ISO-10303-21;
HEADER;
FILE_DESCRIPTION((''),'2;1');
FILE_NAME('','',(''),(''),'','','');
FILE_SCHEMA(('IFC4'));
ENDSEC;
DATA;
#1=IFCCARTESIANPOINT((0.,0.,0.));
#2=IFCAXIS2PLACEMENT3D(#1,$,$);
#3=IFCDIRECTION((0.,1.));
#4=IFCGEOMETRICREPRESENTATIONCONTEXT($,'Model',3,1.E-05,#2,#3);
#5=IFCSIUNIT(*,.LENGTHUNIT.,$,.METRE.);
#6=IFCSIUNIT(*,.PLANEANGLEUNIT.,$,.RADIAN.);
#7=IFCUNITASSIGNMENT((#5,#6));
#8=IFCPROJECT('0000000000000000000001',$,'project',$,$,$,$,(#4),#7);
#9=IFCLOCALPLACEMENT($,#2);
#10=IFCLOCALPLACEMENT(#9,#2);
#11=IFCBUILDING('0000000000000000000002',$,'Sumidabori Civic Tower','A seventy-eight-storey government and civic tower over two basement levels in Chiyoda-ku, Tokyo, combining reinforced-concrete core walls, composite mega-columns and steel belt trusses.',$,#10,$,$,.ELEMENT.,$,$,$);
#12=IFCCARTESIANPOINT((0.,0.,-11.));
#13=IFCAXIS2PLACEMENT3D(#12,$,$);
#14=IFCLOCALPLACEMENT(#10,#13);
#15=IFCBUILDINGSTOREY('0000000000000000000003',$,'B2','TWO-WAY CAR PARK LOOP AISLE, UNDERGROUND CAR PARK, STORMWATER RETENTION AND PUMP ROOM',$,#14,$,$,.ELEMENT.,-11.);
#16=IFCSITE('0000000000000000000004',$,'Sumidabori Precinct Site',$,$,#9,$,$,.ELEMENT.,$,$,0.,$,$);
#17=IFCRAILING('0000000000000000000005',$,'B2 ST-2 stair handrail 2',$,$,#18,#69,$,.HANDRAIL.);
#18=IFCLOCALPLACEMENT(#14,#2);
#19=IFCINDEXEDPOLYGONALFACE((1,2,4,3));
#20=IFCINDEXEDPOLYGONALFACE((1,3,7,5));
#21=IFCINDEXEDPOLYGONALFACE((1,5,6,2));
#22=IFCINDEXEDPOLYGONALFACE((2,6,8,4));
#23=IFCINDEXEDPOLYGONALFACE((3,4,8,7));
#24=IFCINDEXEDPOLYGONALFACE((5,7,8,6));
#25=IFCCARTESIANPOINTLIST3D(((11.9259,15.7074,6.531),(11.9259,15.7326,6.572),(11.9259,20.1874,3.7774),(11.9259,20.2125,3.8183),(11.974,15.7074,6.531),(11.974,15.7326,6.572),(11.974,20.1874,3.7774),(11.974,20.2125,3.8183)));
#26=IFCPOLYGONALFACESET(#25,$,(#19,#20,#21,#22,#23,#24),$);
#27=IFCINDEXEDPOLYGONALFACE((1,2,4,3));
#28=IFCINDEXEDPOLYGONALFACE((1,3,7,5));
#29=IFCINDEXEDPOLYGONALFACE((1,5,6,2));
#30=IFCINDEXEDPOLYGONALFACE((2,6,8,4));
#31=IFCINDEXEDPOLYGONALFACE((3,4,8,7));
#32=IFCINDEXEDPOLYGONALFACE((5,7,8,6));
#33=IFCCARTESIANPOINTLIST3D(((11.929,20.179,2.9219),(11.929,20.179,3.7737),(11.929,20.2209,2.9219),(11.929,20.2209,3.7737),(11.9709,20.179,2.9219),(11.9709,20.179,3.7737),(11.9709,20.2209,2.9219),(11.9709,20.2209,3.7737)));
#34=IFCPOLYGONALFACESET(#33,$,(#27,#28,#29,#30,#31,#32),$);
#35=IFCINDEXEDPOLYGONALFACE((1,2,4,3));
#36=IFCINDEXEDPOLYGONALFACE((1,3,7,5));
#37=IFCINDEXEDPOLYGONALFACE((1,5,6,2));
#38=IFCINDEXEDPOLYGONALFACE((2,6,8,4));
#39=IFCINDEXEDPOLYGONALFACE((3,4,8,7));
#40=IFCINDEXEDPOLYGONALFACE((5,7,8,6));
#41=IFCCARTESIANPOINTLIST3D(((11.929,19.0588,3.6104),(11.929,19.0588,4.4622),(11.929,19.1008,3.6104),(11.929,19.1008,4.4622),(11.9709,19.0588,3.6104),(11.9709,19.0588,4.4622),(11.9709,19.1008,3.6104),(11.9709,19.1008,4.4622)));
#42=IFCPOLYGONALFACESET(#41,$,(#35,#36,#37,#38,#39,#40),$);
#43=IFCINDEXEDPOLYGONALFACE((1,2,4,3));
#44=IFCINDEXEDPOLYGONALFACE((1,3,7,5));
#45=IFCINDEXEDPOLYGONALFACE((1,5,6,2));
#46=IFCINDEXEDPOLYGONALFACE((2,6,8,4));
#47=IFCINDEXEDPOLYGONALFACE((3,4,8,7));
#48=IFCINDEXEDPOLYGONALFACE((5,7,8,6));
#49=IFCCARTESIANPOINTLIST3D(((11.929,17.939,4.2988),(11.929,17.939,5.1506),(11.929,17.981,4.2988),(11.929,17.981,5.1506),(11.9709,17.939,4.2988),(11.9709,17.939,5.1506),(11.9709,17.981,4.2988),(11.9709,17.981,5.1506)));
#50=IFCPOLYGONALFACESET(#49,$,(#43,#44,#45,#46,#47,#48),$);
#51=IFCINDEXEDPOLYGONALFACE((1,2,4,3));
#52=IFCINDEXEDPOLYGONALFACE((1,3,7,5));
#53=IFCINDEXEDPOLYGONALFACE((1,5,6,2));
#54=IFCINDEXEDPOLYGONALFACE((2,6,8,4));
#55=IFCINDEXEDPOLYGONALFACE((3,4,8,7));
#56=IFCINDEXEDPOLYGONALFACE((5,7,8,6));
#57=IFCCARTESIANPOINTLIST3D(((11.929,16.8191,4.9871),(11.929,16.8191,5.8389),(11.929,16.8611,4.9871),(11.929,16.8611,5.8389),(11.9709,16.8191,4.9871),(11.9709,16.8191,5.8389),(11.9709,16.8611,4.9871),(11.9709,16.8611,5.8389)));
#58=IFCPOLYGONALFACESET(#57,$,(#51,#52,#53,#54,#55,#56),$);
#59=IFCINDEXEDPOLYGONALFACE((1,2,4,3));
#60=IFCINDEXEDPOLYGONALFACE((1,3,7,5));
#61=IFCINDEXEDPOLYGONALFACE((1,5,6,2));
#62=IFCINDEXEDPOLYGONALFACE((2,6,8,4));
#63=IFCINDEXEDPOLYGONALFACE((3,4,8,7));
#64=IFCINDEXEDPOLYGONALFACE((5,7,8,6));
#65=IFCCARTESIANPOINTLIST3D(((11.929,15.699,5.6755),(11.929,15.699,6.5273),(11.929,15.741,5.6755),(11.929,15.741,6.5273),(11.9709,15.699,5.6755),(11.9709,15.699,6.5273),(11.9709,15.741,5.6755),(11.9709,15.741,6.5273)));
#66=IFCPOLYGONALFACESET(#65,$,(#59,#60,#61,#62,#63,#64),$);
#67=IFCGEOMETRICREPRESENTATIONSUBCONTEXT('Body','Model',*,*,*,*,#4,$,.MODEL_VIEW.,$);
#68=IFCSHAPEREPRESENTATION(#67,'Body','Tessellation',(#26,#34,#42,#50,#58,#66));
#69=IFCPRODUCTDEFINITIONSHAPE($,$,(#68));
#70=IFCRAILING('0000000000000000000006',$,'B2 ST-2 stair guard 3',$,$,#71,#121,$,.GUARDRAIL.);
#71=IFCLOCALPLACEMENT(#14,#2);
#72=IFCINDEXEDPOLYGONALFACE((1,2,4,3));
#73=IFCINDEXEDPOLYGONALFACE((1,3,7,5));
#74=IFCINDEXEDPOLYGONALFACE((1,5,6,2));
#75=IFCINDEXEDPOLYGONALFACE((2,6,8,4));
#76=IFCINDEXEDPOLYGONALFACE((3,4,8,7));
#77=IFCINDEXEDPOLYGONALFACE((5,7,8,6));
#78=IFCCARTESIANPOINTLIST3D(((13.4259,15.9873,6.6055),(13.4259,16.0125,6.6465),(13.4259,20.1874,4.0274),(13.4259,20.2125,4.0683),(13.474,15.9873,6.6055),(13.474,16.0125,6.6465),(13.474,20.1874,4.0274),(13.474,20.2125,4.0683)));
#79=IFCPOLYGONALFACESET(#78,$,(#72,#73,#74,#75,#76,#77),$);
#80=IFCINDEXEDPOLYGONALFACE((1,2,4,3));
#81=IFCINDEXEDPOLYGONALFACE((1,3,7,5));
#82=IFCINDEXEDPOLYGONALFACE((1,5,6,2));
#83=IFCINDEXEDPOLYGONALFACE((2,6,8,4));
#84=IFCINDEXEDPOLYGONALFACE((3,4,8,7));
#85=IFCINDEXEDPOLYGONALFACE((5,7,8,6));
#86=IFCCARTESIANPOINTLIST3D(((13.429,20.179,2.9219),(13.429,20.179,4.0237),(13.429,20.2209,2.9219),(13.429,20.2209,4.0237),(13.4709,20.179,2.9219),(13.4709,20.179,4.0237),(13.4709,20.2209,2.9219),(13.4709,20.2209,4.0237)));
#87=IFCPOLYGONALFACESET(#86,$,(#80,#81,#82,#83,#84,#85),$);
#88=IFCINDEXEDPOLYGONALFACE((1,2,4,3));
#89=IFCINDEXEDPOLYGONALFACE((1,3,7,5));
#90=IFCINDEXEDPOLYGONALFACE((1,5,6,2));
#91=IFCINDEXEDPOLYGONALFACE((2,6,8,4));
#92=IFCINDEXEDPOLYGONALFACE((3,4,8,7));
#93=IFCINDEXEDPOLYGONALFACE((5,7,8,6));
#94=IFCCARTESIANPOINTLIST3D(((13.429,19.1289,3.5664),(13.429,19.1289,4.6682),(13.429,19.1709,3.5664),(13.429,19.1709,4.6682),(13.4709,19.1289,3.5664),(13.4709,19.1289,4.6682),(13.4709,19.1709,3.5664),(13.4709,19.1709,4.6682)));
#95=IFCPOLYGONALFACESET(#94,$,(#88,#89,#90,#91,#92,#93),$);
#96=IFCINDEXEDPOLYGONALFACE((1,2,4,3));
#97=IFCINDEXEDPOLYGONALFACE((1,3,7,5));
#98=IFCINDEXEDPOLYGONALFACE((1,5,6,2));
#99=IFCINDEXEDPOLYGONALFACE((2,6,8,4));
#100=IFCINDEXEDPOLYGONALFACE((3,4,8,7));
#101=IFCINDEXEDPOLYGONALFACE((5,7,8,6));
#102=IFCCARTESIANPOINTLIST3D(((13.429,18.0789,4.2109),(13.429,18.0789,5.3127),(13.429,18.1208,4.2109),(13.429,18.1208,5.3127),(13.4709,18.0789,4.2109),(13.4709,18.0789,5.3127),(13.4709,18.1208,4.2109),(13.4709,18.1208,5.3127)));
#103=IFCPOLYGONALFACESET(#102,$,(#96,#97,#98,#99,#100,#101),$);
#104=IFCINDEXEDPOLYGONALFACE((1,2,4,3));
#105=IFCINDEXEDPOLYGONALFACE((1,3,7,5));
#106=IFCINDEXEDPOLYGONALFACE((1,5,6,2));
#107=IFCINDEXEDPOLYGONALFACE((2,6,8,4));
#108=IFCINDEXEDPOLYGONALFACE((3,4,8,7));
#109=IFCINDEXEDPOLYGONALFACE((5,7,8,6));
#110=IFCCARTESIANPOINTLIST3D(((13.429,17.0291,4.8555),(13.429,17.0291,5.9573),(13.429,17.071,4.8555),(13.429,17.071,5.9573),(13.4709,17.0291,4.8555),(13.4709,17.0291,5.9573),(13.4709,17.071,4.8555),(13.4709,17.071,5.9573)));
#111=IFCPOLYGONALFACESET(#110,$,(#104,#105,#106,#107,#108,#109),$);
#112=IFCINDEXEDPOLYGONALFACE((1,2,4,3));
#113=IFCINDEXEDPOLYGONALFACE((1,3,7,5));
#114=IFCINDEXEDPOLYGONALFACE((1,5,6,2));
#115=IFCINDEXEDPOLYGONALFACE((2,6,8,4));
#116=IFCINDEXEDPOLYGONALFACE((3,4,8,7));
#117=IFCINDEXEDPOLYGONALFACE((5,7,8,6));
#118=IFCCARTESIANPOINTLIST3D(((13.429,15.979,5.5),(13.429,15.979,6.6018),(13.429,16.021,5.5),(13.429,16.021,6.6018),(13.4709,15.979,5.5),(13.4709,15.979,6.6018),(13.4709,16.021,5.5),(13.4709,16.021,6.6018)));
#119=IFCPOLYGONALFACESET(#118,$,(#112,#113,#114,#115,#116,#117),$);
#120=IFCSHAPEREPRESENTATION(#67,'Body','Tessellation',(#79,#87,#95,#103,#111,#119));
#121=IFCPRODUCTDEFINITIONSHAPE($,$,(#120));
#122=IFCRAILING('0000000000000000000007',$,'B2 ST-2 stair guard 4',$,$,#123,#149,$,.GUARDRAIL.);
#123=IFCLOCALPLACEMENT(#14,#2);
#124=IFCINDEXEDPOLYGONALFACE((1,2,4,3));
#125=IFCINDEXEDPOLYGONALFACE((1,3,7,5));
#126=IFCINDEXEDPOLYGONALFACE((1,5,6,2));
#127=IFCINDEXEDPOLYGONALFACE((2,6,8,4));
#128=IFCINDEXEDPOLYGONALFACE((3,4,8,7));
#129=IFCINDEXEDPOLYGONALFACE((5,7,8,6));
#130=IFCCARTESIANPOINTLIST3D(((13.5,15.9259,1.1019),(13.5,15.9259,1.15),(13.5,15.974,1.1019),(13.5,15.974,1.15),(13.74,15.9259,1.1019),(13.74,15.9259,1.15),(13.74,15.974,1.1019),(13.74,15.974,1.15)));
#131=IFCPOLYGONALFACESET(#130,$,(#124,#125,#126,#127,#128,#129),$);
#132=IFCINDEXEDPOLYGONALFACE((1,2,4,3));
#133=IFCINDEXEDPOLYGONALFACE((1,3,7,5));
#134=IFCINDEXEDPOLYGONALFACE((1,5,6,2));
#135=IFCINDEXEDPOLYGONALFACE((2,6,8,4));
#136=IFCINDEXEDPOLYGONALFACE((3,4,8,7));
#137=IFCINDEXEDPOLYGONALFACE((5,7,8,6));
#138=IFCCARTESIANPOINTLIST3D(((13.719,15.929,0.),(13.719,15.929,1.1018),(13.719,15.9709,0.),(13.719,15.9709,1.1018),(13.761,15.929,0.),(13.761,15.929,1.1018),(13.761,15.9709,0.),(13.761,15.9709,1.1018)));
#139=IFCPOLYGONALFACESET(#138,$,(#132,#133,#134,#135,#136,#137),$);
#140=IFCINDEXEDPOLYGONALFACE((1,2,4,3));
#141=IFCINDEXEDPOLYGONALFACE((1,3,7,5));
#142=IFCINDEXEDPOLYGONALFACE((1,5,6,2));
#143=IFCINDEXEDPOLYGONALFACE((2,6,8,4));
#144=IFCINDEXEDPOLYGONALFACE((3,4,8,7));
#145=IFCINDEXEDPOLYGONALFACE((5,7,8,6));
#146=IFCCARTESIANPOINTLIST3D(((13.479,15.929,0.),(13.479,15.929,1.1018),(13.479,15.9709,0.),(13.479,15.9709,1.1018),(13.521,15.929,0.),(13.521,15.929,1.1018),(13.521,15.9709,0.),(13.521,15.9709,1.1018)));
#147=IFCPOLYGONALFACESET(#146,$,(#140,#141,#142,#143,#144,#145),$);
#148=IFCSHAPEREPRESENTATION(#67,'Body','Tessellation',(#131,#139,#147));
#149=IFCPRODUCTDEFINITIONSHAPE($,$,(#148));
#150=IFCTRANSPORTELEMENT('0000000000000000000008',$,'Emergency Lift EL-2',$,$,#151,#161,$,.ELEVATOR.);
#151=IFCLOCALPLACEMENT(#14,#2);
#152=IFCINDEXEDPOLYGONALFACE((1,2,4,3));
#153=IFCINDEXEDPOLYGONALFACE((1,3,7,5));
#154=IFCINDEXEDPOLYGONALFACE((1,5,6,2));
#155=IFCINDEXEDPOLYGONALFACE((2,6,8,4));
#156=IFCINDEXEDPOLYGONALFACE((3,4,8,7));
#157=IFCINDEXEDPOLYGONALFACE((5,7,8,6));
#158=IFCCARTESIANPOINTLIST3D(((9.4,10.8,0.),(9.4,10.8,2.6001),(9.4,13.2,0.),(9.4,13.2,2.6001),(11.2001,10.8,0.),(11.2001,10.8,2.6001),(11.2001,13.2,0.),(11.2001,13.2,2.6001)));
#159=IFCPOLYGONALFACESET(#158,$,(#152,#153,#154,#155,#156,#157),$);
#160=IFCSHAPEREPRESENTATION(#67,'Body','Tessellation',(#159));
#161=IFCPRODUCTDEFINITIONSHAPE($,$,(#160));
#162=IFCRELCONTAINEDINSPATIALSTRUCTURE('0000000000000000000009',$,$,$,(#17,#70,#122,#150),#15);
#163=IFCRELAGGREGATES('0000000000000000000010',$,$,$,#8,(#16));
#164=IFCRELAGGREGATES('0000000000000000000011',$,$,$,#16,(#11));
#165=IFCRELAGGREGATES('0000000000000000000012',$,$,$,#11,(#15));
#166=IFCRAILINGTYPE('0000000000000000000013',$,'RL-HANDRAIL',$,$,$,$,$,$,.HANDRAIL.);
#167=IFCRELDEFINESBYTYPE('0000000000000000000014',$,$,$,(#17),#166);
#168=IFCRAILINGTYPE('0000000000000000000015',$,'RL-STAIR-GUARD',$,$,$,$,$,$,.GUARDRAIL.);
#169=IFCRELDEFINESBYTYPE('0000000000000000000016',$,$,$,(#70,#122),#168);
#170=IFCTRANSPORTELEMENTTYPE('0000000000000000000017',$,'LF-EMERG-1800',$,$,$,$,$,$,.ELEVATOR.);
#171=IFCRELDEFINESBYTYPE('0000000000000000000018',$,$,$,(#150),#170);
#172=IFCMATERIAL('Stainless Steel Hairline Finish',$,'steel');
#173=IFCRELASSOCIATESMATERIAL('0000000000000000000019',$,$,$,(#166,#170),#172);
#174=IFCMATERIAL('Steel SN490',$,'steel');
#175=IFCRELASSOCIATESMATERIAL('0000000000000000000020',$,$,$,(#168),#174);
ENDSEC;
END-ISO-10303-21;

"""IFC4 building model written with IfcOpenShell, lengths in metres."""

from ifc_helpers import new_model, si_unit, direction, frame, origin, origin_2d, place, context, subcontext, project, spatial, rectangle, extrude, source, transform, mapped, material, type_object, element, save


model = new_model("IFC4")

# Units and contexts
model_context = context("Model", 3, precision=1e-05, world=origin(), true_north=direction((0.0, 1.0)))
body_context = subcontext(model_context, "Body", "Model", "MODEL_VIEW")
ifc_project = project(units=[si_unit("LENGTHUNIT", "METRE"), si_unit("PLANEANGLEUNIT", "RADIAN")], contexts=[model_context])

# Site, building, storey
site_placement = place(None, origin())
site = spatial("IfcSite", under=ifc_project, at=site_placement, Name="Sumidabori Precinct Site", CompositionType="ELEMENT", RefElevation=0.0)
building_placement = place(site_placement, origin())
building = spatial("IfcBuilding", under=site, at=building_placement, Name="Sumidabori Civic Tower", Description="A seventy-eight-storey government and civic tower over two basement levels in Chiyoda-ku, Tokyo, combining reinforced-concrete core walls, composite mega-columns and steel belt trusses.", CompositionType="ELEMENT")
storey_placement = place(building_placement, frame((0.0, 0.0, -11.0)))
storey = spatial("IfcBuildingStorey", under=building, at=storey_placement, Name="B2", Description="TWO-WAY CAR PARK LOOP AISLE, UNDERGROUND CAR PARK, STORMWATER RETENTION AND PUMP ROOM", CompositionType="ELEMENT", Elevation=-11.0)

# Shared definitions
ifc_material_1 = material(Name="Steel SN490", Category="steel")

# Shared definitions
ifc_material_2 = material(Name="Stainless Steel Hairline Finish", Category="steel")

# Railings
railing_type_1 = type_object("IfcRailingType", Name="RL-HANDRAIL", PredefinedType="HANDRAIL", material=ifc_material_2)
railing_1_placement = place(storey_placement, frame((11.95, 20.2, 2.9219)))
element("IfcRailing", 1, at=railing_1_placement, inside=storey, type_object=railing_type_1, Name="B2 ST-2 stair handrail 2", PredefinedType="HANDRAIL", context=body_context, shape_type="SweptSolid", body=[
    extrude(rectangle(XDim=0.0481, YDim=0.0481, at=origin_2d()), frame((0.0, 0.0, 0.876), z_axis=(0.0, -0.851934, 0.523649), x_axis=(1.0, 0.0, 0.0)), (0.0, 0.0, 1.0), 5.2585),
    extrude(rectangle(XDim=0.042, YDim=0.042, at=origin_2d()), origin(), (0.0, 0.0, 1.0), 0.8518),
    extrude(rectangle(XDim=0.042, YDim=0.042, at=origin_2d()), frame((0.0, -1.1201, 0.6885)), (0.0, 0.0, 1.0), 0.8518),
    extrude(rectangle(XDim=0.042, YDim=0.042, at=origin_2d()), frame((0.0, -2.24, 1.377)), (0.0, 0.0, 1.0), 0.8518),
    extrude(rectangle(XDim=0.042, YDim=0.042, at=origin_2d()), frame((0.0, -3.3599, 2.0652)), (0.0, 0.0, 1.0), 0.8518),
    extrude(rectangle(XDim=0.042, YDim=0.042, at=origin_2d()), frame((0.0, -4.48, 2.7537)), (0.0, 0.0, 1.0), 0.8518),
])
railing_type_2 = type_object("IfcRailingType", Name="RL-STAIR-GUARD", PredefinedType="GUARDRAIL", material=ifc_material_1)
railing_2_placement = place(storey_placement, frame((13.45, 20.2, 2.9219)))
element("IfcRailing", 2, at=railing_2_placement, inside=storey, type_object=railing_type_2, Name="B2 ST-2 stair guard 3", PredefinedType="GUARDRAIL", context=body_context, shape_type="SweptSolid", body=[
    extrude(rectangle(XDim=0.0481, YDim=0.0481, at=origin_2d()), frame((0.0, 0.0, 1.126), z_axis=(0.0, -0.852243, 0.523146), x_axis=(1.0, 0.0, 0.0)), (0.0, 0.0, 1.0), 4.9282),
    extrude(rectangle(XDim=0.042, YDim=0.042, at=origin_2d()), origin(), (0.0, 0.0, 1.0), 1.1018),
    extrude(rectangle(XDim=0.042, YDim=0.042, at=origin_2d()), frame((0.0, -1.05, 0.6445)), (0.0, 0.0, 1.0), 1.1018),
    extrude(rectangle(XDim=0.042, YDim=0.042, at=origin_2d()), frame((0.0, -2.1001, 1.2891)), (0.0, 0.0, 1.0), 1.1018),
    extrude(rectangle(XDim=0.042, YDim=0.042, at=origin_2d()), frame((0.0, -3.1499, 1.9336)), (0.0, 0.0, 1.0), 1.1018),
    extrude(rectangle(XDim=0.042, YDim=0.042, at=origin_2d()), frame((0.0, -4.2, 2.5781)), (0.0, 0.0, 1.0), 1.1018),
])
railing_3_placement = place(storey_placement, frame((13.74, 15.95, 0.0)))
element("IfcRailing", 3, at=railing_3_placement, inside=storey, type_object=railing_type_2, Name="B2 ST-2 stair guard 4", PredefinedType="GUARDRAIL", context=body_context, shape_type="SweptSolid", body=[
    extrude(rectangle(XDim=0.0481, YDim=0.0481, at=origin_2d()), frame((0.0, 0.0, 1.126), z_axis=(-1.0, 0.0, 0.0), x_axis=(0.0, -1.0, 0.0)), (0.0, 0.0, 1.0), 0.24),
    extrude(rectangle(XDim=0.042, YDim=0.042, at=origin_2d()), origin(), (0.0, 0.0, 1.0), 1.1018),
    extrude(rectangle(XDim=0.042, YDim=0.042, at=origin_2d()), frame((-0.24, 0.0, 0.0)), (0.0, 0.0, 1.0), 1.1018),
])

# Transport element
transport_element_type = type_object("IfcTransportElementType", Name="LF-EMERG-1800", PredefinedType="ELEVATOR", material=ifc_material_2)
shared_shape_1 = source(origin(), body_context, "Body", "SweptSolid", [
    extrude(rectangle(XDim=1.8, YDim=2.3999, at=origin_2d()), origin(), (0.0, 0.0, 1.0), 2.6001),
])
transport_element_placement = place(storey_placement, frame((10.3, 12.0, 0.0), z_axis=(0.0, 0.0, 1.0), x_axis=(1.0, 0.0, 0.0)))
element("IfcTransportElement", 4, at=transport_element_placement, inside=storey, type_object=transport_element_type, Name="Emergency Lift EL-2", PredefinedType="ELEVATOR", context=body_context, shape_type="MappedRepresentation", body=[
    mapped(shared_shape_1, transform((0.0, 0.0, 0.0), x_axis=(1.0, 0.0, 0.0), y_axis=(0.0, 1.0, 0.0), z_axis=(0.0, 0.0, 1.0), scale=1.0)),
])

save(model, "model.ifc")
